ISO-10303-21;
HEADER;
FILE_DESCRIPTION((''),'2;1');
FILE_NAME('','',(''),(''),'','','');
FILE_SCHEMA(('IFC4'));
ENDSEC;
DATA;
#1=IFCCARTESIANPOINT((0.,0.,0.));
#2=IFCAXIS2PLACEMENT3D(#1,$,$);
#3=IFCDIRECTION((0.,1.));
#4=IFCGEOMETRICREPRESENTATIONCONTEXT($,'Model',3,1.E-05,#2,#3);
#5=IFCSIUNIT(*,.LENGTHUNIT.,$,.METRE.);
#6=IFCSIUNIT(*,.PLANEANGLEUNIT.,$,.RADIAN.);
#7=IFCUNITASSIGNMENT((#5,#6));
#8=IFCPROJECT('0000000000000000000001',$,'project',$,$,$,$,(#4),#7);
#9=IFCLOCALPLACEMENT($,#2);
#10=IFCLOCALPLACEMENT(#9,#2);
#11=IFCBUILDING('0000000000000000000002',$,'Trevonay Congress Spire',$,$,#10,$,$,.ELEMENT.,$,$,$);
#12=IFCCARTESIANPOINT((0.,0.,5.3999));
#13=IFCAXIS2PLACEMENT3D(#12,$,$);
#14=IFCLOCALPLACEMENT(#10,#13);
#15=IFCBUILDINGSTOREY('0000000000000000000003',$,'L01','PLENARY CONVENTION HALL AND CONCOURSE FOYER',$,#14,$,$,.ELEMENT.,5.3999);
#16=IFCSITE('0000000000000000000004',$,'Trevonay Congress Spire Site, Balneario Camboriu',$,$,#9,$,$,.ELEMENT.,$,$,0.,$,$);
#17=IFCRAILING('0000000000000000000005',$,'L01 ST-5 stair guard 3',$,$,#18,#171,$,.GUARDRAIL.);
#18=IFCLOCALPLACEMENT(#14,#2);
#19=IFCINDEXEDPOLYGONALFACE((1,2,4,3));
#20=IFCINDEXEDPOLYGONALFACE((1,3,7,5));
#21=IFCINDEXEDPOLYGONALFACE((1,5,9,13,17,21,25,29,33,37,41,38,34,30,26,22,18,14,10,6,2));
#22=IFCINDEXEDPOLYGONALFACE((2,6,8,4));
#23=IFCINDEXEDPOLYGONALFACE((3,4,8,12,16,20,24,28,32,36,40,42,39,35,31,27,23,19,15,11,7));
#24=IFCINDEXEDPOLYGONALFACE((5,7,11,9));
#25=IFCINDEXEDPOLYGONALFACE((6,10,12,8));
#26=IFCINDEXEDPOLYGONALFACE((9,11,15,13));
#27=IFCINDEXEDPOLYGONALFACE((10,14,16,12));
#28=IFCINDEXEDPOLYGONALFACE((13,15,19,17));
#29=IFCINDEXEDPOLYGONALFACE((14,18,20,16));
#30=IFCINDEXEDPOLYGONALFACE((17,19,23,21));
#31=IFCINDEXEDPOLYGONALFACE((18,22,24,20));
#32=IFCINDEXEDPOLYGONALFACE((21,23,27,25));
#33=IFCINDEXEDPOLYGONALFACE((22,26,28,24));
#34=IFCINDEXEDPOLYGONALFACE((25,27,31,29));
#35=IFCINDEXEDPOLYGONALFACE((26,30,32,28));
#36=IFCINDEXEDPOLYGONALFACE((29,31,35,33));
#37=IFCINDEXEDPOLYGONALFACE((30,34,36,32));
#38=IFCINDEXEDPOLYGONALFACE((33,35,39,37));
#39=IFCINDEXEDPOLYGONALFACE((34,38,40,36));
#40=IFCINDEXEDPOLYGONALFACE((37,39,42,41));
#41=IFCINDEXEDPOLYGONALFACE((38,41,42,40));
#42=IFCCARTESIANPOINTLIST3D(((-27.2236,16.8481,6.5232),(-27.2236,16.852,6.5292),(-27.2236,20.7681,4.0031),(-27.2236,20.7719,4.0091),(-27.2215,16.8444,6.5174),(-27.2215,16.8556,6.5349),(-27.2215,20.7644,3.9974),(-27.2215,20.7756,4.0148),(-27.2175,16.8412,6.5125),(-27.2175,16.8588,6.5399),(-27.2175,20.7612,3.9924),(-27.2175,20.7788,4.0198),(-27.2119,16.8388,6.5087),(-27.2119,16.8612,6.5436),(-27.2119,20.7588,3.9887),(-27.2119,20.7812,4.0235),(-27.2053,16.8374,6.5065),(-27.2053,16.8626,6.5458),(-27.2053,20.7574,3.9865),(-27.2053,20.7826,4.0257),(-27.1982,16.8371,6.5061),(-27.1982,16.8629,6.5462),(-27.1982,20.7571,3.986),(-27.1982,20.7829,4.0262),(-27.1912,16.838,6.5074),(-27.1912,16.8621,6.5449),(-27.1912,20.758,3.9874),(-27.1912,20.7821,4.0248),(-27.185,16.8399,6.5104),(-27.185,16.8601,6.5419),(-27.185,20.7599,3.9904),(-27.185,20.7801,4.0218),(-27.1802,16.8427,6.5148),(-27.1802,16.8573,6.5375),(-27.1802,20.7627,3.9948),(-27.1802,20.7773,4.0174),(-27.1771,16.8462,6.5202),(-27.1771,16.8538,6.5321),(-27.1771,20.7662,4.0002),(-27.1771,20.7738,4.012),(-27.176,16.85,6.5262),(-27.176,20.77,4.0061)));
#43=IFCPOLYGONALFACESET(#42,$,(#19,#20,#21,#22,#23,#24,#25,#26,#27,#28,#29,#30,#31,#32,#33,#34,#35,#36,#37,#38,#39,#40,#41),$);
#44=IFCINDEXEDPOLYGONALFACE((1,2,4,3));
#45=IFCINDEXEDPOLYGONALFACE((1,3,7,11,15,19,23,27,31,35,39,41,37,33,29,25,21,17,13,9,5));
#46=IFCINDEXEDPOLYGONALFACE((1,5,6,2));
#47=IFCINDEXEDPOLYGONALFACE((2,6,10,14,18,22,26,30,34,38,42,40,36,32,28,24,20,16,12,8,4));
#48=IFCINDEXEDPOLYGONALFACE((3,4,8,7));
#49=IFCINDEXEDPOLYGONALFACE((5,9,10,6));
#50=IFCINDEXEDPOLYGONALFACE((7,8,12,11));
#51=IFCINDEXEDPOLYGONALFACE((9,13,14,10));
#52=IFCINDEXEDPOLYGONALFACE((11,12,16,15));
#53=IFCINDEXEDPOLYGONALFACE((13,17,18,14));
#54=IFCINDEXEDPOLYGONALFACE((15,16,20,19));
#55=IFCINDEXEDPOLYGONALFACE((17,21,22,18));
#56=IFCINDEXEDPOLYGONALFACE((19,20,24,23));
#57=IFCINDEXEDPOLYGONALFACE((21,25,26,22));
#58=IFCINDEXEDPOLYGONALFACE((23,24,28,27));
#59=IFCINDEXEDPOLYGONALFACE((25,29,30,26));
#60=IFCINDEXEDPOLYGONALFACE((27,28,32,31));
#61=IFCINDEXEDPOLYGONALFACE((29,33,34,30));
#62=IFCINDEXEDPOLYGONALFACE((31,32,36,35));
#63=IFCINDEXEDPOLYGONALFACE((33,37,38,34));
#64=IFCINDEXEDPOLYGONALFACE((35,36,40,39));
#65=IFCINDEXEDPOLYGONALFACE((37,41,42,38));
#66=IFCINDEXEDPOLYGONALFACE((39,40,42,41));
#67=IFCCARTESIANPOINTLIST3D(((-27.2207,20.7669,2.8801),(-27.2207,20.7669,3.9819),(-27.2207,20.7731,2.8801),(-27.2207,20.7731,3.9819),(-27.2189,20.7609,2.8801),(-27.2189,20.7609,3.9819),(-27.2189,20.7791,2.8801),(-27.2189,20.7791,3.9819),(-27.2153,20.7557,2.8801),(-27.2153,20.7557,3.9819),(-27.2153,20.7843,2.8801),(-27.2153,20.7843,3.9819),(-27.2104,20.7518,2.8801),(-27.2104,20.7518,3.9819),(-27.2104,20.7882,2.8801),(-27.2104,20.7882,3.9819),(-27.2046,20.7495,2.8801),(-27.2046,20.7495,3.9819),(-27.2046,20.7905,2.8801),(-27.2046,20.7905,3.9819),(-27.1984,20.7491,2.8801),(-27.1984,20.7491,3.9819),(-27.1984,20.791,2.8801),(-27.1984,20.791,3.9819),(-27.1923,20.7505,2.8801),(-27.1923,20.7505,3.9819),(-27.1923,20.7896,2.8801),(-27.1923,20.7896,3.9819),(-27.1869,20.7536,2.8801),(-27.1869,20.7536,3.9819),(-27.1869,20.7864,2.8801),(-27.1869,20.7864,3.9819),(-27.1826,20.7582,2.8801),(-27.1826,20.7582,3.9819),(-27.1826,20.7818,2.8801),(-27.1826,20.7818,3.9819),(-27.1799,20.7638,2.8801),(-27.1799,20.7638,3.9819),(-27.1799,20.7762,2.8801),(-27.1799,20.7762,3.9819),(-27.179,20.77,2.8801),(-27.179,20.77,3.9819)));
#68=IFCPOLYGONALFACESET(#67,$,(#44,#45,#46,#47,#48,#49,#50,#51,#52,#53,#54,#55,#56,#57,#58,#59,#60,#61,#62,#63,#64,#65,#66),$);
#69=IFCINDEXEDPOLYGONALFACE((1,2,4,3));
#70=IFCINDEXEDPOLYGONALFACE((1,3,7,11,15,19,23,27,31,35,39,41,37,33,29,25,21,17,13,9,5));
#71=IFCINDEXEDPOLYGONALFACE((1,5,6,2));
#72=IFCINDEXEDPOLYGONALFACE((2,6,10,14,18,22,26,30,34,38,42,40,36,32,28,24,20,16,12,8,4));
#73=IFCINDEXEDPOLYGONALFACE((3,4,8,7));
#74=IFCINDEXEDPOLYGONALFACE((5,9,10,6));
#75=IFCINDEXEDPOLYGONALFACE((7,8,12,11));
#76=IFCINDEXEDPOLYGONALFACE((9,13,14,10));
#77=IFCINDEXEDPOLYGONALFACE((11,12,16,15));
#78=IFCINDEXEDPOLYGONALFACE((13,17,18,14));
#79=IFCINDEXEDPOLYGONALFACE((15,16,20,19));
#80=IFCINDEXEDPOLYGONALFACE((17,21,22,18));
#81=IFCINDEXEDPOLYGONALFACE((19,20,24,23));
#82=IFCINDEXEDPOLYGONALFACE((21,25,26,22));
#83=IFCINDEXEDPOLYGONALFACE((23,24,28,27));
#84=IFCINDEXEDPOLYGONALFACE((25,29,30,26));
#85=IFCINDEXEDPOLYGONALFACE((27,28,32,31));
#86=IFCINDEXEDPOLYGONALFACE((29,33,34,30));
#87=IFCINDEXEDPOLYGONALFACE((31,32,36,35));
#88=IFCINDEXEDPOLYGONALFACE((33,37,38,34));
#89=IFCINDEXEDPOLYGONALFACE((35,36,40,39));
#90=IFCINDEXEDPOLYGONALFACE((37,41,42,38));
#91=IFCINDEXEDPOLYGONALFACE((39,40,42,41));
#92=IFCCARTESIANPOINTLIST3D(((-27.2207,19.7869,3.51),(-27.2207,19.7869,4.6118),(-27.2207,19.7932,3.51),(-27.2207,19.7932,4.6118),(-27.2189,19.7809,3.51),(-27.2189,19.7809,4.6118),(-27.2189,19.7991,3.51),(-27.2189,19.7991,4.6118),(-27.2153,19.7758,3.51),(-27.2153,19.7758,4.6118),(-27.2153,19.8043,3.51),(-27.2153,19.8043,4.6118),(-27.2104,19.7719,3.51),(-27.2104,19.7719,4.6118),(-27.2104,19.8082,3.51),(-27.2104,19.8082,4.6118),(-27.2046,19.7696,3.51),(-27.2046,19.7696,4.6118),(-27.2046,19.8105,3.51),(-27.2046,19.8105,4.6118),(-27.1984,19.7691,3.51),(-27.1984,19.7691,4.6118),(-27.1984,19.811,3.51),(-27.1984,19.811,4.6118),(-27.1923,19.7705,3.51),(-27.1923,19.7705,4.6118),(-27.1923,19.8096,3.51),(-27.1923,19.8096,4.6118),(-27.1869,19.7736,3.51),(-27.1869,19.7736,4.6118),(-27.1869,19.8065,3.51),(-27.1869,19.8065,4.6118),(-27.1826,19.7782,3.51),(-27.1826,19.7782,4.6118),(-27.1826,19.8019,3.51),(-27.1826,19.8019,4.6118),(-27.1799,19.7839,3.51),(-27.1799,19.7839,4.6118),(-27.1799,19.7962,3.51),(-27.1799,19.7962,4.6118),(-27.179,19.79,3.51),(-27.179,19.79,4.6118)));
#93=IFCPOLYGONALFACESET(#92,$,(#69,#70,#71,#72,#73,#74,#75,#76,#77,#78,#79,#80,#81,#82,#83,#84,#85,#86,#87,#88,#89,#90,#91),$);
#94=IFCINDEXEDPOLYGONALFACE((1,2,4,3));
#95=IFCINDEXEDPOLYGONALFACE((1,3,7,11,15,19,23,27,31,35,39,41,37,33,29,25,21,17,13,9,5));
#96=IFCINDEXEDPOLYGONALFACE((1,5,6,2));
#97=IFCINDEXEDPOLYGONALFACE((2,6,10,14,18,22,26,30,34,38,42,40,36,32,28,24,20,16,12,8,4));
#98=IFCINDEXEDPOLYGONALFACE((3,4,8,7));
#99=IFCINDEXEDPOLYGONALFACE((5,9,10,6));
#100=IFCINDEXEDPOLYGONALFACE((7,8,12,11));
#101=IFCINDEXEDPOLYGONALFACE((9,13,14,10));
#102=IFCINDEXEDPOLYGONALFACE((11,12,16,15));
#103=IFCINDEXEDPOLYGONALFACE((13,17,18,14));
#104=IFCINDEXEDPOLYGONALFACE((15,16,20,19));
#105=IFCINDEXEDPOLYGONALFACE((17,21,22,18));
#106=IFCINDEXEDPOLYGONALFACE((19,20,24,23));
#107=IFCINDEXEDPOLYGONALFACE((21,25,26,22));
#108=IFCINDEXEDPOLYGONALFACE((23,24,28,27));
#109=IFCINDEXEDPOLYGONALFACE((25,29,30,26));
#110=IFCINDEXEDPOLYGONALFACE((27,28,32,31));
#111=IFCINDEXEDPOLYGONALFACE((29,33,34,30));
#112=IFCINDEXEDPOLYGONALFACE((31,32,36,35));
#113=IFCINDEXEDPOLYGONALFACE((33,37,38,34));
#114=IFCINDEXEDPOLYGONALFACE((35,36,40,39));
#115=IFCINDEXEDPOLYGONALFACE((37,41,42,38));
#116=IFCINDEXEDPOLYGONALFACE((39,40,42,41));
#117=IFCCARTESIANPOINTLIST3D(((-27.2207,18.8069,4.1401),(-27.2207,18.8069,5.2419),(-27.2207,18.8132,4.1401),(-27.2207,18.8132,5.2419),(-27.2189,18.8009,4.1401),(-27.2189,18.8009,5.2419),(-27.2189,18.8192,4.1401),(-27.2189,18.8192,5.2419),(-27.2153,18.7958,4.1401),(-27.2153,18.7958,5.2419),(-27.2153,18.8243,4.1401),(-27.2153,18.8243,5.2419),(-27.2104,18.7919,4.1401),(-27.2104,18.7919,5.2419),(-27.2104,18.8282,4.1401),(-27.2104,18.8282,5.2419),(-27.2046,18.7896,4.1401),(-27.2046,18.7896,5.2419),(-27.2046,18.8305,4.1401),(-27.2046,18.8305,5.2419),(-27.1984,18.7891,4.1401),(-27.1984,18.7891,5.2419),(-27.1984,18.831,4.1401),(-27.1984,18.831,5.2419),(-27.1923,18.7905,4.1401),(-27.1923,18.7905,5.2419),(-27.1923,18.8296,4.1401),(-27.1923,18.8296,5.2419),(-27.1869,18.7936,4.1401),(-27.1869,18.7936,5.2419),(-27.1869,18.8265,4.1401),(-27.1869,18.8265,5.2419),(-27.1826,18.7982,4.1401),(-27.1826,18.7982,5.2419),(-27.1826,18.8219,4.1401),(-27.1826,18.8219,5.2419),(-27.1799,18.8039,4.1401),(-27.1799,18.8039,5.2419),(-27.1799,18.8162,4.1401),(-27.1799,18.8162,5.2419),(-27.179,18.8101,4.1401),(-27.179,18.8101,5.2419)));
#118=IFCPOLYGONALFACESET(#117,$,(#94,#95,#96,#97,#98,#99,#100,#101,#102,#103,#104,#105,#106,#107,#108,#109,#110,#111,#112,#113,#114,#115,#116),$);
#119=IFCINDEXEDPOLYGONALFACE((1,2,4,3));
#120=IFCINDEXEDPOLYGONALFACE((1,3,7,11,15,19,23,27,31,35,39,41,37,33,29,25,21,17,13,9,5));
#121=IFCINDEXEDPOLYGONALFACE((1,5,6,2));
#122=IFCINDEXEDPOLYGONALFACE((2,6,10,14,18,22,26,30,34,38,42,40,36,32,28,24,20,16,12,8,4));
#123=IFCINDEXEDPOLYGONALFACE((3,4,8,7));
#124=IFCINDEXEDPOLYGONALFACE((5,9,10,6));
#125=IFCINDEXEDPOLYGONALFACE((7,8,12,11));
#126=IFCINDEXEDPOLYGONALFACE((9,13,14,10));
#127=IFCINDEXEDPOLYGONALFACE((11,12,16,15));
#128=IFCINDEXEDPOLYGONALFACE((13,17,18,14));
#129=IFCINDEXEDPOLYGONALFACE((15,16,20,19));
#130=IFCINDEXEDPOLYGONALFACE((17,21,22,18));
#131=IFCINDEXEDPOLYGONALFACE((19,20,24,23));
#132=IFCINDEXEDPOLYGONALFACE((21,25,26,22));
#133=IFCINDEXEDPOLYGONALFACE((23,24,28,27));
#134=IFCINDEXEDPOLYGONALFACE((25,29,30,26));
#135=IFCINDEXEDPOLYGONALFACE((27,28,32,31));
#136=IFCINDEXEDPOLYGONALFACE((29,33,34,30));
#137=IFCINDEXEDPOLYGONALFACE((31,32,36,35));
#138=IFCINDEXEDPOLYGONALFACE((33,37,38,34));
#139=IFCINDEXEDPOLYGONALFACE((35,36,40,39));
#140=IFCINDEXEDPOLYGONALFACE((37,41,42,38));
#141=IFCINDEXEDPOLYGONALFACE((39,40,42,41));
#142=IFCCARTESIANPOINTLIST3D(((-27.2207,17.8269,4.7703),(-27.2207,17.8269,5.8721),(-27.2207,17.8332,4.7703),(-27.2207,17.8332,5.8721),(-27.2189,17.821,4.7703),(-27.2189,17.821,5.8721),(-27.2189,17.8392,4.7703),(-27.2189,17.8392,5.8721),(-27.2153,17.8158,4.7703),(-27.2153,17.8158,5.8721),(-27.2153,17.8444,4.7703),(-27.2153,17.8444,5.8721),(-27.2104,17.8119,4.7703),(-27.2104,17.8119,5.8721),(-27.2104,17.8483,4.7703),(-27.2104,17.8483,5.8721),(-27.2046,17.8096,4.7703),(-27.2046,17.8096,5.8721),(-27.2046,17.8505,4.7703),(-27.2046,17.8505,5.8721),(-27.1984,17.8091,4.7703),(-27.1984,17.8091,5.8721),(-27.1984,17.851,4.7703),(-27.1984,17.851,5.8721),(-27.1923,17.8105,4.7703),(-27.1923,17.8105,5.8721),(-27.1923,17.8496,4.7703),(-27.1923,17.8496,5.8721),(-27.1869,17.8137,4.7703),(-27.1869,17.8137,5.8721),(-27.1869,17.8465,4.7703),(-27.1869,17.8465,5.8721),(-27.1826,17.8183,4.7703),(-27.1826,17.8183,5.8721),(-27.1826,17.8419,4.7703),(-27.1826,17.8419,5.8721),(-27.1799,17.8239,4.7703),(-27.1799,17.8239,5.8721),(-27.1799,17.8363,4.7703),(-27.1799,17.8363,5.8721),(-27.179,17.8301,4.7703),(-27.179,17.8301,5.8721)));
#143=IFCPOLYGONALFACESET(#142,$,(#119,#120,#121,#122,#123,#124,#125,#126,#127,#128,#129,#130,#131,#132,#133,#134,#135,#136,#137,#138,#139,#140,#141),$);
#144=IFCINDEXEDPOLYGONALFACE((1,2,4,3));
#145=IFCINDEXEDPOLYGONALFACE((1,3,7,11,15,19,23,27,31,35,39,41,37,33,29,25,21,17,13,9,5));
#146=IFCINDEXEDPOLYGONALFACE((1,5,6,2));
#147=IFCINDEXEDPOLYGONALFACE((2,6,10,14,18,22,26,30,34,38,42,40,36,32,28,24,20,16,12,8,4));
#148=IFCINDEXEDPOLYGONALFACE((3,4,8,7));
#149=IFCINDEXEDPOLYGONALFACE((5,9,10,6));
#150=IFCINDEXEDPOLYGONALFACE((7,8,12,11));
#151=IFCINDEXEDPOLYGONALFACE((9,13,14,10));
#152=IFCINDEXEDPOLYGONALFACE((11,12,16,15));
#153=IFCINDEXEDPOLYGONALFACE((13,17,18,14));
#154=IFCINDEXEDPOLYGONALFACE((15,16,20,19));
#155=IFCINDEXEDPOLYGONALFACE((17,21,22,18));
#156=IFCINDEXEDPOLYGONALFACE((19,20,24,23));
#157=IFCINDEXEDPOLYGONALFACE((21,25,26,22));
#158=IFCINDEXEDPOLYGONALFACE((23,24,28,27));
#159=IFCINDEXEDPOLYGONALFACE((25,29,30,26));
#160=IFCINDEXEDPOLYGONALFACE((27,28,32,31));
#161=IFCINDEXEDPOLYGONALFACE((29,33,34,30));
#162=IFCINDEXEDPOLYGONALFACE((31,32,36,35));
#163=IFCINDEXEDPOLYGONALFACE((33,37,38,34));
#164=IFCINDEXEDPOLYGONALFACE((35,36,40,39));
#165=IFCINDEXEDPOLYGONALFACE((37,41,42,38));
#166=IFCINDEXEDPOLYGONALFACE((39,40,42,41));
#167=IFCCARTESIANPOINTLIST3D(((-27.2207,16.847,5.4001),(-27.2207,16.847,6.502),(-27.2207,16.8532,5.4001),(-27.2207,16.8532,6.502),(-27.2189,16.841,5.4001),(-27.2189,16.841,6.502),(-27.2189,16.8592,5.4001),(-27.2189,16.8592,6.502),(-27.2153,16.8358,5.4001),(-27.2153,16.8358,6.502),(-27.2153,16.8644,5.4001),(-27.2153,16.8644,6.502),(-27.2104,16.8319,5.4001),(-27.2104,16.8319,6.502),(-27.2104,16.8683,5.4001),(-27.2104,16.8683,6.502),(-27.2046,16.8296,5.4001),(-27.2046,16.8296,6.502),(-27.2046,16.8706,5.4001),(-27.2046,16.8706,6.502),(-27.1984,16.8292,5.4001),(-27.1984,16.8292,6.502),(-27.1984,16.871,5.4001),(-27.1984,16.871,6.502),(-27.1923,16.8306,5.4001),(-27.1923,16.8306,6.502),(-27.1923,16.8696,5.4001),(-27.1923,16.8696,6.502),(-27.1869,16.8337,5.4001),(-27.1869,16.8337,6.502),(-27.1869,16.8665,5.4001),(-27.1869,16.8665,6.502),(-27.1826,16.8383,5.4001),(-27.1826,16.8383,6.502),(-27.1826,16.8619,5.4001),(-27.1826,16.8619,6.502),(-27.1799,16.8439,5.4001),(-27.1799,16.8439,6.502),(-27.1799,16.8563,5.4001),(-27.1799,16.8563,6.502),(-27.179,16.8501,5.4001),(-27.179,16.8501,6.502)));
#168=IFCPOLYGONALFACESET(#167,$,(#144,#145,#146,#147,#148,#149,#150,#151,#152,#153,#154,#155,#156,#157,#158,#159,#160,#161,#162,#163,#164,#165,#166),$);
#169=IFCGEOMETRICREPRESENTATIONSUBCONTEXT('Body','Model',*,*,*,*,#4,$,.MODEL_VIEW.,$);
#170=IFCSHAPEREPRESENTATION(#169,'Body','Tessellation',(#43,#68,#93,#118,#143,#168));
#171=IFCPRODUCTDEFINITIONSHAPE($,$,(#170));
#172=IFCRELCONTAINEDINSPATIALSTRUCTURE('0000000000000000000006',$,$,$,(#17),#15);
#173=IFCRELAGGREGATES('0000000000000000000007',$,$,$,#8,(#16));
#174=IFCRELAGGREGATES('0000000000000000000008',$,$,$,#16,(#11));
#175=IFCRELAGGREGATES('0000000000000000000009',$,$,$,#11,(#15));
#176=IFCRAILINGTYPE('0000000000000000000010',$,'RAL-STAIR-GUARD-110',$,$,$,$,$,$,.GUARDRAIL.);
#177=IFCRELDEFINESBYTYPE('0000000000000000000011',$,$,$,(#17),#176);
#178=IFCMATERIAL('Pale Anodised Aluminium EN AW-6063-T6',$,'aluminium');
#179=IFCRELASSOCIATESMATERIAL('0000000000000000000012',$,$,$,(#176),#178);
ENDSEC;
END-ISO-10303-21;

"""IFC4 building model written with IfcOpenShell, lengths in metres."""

from ifc_helpers import new_model, si_unit, direction, frame, origin, origin_2d, place, context, subcontext, project, spatial, circle, extrude, material, type_object, element, save


model = new_model("IFC4")

# Units and contexts
model_context = context("Model", 3, precision=1e-05, world=origin(), true_north=direction((0.0, 1.0)))
body_context = subcontext(model_context, "Body", "Model", "MODEL_VIEW")
ifc_project = project(units=[si_unit("LENGTHUNIT", "METRE"), si_unit("PLANEANGLEUNIT", "RADIAN")], contexts=[model_context])

# Site, building, storey
site_placement = place(None, origin())
site = spatial("IfcSite", under=ifc_project, at=site_placement, Name="Trevonay Congress Spire Site, Balneario Camboriu", CompositionType="ELEMENT", RefElevation=0.0)
building_placement = place(site_placement, origin())
building = spatial("IfcBuilding", under=site, at=building_placement, Name="Trevonay Congress Spire", CompositionType="ELEMENT")
storey_placement = place(building_placement, frame((0.0, 0.0, 5.3999)))
storey = spatial("IfcBuildingStorey", under=building, at=storey_placement, Name="L01", Description="PLENARY CONVENTION HALL AND CONCOURSE FOYER", CompositionType="ELEMENT", Elevation=5.3999)

# Shared definitions
ifc_material_1 = material(Name="Pale Anodised Aluminium EN AW-6063-T6", Category="aluminium")

# Railing
railing_type_1 = type_object("IfcRailingType", Name="RAL-STAIR-GUARD-110", PredefinedType="GUARDRAIL", material=ifc_material_1)
railing_1_placement = place(storey_placement, frame((-27.2, 20.77, 2.8801)))
element("IfcRailing", 1, at=railing_1_placement, inside=storey, type_object=railing_type_1, Name="L01 ST-5 stair guard 3", PredefinedType="GUARDRAIL", context=body_context, shape_type="SweptSolid", body=[
    extrude(circle(Radius=0.0239, at=origin_2d()), frame((0.0, 0.0, 1.126), z_axis=(0.0, -0.841172, 0.540768), x_axis=(1.0, 0.0, 0.0)), (0.0, 0.0, 1.0), 4.6602),
    extrude(circle(Radius=0.021, at=origin_2d()), origin(), (0.0, 0.0, 1.0), 1.1018),
    extrude(circle(Radius=0.021, at=origin_2d()), frame((0.0, -0.98, 0.6299)), (0.0, 0.0, 1.0), 1.1018),
    extrude(circle(Radius=0.021, at=origin_2d()), frame((0.0, -1.96, 1.26)), (0.0, 0.0, 1.0), 1.1018),
    extrude(circle(Radius=0.021, at=origin_2d()), frame((0.0, -2.9399, 1.8901)), (0.0, 0.0, 1.0), 1.1018),
    extrude(circle(Radius=0.021, at=origin_2d()), frame((0.0, -3.9199, 2.52)), (0.0, 0.0, 1.0), 1.1018),
])

save(model, "model.ifc")
